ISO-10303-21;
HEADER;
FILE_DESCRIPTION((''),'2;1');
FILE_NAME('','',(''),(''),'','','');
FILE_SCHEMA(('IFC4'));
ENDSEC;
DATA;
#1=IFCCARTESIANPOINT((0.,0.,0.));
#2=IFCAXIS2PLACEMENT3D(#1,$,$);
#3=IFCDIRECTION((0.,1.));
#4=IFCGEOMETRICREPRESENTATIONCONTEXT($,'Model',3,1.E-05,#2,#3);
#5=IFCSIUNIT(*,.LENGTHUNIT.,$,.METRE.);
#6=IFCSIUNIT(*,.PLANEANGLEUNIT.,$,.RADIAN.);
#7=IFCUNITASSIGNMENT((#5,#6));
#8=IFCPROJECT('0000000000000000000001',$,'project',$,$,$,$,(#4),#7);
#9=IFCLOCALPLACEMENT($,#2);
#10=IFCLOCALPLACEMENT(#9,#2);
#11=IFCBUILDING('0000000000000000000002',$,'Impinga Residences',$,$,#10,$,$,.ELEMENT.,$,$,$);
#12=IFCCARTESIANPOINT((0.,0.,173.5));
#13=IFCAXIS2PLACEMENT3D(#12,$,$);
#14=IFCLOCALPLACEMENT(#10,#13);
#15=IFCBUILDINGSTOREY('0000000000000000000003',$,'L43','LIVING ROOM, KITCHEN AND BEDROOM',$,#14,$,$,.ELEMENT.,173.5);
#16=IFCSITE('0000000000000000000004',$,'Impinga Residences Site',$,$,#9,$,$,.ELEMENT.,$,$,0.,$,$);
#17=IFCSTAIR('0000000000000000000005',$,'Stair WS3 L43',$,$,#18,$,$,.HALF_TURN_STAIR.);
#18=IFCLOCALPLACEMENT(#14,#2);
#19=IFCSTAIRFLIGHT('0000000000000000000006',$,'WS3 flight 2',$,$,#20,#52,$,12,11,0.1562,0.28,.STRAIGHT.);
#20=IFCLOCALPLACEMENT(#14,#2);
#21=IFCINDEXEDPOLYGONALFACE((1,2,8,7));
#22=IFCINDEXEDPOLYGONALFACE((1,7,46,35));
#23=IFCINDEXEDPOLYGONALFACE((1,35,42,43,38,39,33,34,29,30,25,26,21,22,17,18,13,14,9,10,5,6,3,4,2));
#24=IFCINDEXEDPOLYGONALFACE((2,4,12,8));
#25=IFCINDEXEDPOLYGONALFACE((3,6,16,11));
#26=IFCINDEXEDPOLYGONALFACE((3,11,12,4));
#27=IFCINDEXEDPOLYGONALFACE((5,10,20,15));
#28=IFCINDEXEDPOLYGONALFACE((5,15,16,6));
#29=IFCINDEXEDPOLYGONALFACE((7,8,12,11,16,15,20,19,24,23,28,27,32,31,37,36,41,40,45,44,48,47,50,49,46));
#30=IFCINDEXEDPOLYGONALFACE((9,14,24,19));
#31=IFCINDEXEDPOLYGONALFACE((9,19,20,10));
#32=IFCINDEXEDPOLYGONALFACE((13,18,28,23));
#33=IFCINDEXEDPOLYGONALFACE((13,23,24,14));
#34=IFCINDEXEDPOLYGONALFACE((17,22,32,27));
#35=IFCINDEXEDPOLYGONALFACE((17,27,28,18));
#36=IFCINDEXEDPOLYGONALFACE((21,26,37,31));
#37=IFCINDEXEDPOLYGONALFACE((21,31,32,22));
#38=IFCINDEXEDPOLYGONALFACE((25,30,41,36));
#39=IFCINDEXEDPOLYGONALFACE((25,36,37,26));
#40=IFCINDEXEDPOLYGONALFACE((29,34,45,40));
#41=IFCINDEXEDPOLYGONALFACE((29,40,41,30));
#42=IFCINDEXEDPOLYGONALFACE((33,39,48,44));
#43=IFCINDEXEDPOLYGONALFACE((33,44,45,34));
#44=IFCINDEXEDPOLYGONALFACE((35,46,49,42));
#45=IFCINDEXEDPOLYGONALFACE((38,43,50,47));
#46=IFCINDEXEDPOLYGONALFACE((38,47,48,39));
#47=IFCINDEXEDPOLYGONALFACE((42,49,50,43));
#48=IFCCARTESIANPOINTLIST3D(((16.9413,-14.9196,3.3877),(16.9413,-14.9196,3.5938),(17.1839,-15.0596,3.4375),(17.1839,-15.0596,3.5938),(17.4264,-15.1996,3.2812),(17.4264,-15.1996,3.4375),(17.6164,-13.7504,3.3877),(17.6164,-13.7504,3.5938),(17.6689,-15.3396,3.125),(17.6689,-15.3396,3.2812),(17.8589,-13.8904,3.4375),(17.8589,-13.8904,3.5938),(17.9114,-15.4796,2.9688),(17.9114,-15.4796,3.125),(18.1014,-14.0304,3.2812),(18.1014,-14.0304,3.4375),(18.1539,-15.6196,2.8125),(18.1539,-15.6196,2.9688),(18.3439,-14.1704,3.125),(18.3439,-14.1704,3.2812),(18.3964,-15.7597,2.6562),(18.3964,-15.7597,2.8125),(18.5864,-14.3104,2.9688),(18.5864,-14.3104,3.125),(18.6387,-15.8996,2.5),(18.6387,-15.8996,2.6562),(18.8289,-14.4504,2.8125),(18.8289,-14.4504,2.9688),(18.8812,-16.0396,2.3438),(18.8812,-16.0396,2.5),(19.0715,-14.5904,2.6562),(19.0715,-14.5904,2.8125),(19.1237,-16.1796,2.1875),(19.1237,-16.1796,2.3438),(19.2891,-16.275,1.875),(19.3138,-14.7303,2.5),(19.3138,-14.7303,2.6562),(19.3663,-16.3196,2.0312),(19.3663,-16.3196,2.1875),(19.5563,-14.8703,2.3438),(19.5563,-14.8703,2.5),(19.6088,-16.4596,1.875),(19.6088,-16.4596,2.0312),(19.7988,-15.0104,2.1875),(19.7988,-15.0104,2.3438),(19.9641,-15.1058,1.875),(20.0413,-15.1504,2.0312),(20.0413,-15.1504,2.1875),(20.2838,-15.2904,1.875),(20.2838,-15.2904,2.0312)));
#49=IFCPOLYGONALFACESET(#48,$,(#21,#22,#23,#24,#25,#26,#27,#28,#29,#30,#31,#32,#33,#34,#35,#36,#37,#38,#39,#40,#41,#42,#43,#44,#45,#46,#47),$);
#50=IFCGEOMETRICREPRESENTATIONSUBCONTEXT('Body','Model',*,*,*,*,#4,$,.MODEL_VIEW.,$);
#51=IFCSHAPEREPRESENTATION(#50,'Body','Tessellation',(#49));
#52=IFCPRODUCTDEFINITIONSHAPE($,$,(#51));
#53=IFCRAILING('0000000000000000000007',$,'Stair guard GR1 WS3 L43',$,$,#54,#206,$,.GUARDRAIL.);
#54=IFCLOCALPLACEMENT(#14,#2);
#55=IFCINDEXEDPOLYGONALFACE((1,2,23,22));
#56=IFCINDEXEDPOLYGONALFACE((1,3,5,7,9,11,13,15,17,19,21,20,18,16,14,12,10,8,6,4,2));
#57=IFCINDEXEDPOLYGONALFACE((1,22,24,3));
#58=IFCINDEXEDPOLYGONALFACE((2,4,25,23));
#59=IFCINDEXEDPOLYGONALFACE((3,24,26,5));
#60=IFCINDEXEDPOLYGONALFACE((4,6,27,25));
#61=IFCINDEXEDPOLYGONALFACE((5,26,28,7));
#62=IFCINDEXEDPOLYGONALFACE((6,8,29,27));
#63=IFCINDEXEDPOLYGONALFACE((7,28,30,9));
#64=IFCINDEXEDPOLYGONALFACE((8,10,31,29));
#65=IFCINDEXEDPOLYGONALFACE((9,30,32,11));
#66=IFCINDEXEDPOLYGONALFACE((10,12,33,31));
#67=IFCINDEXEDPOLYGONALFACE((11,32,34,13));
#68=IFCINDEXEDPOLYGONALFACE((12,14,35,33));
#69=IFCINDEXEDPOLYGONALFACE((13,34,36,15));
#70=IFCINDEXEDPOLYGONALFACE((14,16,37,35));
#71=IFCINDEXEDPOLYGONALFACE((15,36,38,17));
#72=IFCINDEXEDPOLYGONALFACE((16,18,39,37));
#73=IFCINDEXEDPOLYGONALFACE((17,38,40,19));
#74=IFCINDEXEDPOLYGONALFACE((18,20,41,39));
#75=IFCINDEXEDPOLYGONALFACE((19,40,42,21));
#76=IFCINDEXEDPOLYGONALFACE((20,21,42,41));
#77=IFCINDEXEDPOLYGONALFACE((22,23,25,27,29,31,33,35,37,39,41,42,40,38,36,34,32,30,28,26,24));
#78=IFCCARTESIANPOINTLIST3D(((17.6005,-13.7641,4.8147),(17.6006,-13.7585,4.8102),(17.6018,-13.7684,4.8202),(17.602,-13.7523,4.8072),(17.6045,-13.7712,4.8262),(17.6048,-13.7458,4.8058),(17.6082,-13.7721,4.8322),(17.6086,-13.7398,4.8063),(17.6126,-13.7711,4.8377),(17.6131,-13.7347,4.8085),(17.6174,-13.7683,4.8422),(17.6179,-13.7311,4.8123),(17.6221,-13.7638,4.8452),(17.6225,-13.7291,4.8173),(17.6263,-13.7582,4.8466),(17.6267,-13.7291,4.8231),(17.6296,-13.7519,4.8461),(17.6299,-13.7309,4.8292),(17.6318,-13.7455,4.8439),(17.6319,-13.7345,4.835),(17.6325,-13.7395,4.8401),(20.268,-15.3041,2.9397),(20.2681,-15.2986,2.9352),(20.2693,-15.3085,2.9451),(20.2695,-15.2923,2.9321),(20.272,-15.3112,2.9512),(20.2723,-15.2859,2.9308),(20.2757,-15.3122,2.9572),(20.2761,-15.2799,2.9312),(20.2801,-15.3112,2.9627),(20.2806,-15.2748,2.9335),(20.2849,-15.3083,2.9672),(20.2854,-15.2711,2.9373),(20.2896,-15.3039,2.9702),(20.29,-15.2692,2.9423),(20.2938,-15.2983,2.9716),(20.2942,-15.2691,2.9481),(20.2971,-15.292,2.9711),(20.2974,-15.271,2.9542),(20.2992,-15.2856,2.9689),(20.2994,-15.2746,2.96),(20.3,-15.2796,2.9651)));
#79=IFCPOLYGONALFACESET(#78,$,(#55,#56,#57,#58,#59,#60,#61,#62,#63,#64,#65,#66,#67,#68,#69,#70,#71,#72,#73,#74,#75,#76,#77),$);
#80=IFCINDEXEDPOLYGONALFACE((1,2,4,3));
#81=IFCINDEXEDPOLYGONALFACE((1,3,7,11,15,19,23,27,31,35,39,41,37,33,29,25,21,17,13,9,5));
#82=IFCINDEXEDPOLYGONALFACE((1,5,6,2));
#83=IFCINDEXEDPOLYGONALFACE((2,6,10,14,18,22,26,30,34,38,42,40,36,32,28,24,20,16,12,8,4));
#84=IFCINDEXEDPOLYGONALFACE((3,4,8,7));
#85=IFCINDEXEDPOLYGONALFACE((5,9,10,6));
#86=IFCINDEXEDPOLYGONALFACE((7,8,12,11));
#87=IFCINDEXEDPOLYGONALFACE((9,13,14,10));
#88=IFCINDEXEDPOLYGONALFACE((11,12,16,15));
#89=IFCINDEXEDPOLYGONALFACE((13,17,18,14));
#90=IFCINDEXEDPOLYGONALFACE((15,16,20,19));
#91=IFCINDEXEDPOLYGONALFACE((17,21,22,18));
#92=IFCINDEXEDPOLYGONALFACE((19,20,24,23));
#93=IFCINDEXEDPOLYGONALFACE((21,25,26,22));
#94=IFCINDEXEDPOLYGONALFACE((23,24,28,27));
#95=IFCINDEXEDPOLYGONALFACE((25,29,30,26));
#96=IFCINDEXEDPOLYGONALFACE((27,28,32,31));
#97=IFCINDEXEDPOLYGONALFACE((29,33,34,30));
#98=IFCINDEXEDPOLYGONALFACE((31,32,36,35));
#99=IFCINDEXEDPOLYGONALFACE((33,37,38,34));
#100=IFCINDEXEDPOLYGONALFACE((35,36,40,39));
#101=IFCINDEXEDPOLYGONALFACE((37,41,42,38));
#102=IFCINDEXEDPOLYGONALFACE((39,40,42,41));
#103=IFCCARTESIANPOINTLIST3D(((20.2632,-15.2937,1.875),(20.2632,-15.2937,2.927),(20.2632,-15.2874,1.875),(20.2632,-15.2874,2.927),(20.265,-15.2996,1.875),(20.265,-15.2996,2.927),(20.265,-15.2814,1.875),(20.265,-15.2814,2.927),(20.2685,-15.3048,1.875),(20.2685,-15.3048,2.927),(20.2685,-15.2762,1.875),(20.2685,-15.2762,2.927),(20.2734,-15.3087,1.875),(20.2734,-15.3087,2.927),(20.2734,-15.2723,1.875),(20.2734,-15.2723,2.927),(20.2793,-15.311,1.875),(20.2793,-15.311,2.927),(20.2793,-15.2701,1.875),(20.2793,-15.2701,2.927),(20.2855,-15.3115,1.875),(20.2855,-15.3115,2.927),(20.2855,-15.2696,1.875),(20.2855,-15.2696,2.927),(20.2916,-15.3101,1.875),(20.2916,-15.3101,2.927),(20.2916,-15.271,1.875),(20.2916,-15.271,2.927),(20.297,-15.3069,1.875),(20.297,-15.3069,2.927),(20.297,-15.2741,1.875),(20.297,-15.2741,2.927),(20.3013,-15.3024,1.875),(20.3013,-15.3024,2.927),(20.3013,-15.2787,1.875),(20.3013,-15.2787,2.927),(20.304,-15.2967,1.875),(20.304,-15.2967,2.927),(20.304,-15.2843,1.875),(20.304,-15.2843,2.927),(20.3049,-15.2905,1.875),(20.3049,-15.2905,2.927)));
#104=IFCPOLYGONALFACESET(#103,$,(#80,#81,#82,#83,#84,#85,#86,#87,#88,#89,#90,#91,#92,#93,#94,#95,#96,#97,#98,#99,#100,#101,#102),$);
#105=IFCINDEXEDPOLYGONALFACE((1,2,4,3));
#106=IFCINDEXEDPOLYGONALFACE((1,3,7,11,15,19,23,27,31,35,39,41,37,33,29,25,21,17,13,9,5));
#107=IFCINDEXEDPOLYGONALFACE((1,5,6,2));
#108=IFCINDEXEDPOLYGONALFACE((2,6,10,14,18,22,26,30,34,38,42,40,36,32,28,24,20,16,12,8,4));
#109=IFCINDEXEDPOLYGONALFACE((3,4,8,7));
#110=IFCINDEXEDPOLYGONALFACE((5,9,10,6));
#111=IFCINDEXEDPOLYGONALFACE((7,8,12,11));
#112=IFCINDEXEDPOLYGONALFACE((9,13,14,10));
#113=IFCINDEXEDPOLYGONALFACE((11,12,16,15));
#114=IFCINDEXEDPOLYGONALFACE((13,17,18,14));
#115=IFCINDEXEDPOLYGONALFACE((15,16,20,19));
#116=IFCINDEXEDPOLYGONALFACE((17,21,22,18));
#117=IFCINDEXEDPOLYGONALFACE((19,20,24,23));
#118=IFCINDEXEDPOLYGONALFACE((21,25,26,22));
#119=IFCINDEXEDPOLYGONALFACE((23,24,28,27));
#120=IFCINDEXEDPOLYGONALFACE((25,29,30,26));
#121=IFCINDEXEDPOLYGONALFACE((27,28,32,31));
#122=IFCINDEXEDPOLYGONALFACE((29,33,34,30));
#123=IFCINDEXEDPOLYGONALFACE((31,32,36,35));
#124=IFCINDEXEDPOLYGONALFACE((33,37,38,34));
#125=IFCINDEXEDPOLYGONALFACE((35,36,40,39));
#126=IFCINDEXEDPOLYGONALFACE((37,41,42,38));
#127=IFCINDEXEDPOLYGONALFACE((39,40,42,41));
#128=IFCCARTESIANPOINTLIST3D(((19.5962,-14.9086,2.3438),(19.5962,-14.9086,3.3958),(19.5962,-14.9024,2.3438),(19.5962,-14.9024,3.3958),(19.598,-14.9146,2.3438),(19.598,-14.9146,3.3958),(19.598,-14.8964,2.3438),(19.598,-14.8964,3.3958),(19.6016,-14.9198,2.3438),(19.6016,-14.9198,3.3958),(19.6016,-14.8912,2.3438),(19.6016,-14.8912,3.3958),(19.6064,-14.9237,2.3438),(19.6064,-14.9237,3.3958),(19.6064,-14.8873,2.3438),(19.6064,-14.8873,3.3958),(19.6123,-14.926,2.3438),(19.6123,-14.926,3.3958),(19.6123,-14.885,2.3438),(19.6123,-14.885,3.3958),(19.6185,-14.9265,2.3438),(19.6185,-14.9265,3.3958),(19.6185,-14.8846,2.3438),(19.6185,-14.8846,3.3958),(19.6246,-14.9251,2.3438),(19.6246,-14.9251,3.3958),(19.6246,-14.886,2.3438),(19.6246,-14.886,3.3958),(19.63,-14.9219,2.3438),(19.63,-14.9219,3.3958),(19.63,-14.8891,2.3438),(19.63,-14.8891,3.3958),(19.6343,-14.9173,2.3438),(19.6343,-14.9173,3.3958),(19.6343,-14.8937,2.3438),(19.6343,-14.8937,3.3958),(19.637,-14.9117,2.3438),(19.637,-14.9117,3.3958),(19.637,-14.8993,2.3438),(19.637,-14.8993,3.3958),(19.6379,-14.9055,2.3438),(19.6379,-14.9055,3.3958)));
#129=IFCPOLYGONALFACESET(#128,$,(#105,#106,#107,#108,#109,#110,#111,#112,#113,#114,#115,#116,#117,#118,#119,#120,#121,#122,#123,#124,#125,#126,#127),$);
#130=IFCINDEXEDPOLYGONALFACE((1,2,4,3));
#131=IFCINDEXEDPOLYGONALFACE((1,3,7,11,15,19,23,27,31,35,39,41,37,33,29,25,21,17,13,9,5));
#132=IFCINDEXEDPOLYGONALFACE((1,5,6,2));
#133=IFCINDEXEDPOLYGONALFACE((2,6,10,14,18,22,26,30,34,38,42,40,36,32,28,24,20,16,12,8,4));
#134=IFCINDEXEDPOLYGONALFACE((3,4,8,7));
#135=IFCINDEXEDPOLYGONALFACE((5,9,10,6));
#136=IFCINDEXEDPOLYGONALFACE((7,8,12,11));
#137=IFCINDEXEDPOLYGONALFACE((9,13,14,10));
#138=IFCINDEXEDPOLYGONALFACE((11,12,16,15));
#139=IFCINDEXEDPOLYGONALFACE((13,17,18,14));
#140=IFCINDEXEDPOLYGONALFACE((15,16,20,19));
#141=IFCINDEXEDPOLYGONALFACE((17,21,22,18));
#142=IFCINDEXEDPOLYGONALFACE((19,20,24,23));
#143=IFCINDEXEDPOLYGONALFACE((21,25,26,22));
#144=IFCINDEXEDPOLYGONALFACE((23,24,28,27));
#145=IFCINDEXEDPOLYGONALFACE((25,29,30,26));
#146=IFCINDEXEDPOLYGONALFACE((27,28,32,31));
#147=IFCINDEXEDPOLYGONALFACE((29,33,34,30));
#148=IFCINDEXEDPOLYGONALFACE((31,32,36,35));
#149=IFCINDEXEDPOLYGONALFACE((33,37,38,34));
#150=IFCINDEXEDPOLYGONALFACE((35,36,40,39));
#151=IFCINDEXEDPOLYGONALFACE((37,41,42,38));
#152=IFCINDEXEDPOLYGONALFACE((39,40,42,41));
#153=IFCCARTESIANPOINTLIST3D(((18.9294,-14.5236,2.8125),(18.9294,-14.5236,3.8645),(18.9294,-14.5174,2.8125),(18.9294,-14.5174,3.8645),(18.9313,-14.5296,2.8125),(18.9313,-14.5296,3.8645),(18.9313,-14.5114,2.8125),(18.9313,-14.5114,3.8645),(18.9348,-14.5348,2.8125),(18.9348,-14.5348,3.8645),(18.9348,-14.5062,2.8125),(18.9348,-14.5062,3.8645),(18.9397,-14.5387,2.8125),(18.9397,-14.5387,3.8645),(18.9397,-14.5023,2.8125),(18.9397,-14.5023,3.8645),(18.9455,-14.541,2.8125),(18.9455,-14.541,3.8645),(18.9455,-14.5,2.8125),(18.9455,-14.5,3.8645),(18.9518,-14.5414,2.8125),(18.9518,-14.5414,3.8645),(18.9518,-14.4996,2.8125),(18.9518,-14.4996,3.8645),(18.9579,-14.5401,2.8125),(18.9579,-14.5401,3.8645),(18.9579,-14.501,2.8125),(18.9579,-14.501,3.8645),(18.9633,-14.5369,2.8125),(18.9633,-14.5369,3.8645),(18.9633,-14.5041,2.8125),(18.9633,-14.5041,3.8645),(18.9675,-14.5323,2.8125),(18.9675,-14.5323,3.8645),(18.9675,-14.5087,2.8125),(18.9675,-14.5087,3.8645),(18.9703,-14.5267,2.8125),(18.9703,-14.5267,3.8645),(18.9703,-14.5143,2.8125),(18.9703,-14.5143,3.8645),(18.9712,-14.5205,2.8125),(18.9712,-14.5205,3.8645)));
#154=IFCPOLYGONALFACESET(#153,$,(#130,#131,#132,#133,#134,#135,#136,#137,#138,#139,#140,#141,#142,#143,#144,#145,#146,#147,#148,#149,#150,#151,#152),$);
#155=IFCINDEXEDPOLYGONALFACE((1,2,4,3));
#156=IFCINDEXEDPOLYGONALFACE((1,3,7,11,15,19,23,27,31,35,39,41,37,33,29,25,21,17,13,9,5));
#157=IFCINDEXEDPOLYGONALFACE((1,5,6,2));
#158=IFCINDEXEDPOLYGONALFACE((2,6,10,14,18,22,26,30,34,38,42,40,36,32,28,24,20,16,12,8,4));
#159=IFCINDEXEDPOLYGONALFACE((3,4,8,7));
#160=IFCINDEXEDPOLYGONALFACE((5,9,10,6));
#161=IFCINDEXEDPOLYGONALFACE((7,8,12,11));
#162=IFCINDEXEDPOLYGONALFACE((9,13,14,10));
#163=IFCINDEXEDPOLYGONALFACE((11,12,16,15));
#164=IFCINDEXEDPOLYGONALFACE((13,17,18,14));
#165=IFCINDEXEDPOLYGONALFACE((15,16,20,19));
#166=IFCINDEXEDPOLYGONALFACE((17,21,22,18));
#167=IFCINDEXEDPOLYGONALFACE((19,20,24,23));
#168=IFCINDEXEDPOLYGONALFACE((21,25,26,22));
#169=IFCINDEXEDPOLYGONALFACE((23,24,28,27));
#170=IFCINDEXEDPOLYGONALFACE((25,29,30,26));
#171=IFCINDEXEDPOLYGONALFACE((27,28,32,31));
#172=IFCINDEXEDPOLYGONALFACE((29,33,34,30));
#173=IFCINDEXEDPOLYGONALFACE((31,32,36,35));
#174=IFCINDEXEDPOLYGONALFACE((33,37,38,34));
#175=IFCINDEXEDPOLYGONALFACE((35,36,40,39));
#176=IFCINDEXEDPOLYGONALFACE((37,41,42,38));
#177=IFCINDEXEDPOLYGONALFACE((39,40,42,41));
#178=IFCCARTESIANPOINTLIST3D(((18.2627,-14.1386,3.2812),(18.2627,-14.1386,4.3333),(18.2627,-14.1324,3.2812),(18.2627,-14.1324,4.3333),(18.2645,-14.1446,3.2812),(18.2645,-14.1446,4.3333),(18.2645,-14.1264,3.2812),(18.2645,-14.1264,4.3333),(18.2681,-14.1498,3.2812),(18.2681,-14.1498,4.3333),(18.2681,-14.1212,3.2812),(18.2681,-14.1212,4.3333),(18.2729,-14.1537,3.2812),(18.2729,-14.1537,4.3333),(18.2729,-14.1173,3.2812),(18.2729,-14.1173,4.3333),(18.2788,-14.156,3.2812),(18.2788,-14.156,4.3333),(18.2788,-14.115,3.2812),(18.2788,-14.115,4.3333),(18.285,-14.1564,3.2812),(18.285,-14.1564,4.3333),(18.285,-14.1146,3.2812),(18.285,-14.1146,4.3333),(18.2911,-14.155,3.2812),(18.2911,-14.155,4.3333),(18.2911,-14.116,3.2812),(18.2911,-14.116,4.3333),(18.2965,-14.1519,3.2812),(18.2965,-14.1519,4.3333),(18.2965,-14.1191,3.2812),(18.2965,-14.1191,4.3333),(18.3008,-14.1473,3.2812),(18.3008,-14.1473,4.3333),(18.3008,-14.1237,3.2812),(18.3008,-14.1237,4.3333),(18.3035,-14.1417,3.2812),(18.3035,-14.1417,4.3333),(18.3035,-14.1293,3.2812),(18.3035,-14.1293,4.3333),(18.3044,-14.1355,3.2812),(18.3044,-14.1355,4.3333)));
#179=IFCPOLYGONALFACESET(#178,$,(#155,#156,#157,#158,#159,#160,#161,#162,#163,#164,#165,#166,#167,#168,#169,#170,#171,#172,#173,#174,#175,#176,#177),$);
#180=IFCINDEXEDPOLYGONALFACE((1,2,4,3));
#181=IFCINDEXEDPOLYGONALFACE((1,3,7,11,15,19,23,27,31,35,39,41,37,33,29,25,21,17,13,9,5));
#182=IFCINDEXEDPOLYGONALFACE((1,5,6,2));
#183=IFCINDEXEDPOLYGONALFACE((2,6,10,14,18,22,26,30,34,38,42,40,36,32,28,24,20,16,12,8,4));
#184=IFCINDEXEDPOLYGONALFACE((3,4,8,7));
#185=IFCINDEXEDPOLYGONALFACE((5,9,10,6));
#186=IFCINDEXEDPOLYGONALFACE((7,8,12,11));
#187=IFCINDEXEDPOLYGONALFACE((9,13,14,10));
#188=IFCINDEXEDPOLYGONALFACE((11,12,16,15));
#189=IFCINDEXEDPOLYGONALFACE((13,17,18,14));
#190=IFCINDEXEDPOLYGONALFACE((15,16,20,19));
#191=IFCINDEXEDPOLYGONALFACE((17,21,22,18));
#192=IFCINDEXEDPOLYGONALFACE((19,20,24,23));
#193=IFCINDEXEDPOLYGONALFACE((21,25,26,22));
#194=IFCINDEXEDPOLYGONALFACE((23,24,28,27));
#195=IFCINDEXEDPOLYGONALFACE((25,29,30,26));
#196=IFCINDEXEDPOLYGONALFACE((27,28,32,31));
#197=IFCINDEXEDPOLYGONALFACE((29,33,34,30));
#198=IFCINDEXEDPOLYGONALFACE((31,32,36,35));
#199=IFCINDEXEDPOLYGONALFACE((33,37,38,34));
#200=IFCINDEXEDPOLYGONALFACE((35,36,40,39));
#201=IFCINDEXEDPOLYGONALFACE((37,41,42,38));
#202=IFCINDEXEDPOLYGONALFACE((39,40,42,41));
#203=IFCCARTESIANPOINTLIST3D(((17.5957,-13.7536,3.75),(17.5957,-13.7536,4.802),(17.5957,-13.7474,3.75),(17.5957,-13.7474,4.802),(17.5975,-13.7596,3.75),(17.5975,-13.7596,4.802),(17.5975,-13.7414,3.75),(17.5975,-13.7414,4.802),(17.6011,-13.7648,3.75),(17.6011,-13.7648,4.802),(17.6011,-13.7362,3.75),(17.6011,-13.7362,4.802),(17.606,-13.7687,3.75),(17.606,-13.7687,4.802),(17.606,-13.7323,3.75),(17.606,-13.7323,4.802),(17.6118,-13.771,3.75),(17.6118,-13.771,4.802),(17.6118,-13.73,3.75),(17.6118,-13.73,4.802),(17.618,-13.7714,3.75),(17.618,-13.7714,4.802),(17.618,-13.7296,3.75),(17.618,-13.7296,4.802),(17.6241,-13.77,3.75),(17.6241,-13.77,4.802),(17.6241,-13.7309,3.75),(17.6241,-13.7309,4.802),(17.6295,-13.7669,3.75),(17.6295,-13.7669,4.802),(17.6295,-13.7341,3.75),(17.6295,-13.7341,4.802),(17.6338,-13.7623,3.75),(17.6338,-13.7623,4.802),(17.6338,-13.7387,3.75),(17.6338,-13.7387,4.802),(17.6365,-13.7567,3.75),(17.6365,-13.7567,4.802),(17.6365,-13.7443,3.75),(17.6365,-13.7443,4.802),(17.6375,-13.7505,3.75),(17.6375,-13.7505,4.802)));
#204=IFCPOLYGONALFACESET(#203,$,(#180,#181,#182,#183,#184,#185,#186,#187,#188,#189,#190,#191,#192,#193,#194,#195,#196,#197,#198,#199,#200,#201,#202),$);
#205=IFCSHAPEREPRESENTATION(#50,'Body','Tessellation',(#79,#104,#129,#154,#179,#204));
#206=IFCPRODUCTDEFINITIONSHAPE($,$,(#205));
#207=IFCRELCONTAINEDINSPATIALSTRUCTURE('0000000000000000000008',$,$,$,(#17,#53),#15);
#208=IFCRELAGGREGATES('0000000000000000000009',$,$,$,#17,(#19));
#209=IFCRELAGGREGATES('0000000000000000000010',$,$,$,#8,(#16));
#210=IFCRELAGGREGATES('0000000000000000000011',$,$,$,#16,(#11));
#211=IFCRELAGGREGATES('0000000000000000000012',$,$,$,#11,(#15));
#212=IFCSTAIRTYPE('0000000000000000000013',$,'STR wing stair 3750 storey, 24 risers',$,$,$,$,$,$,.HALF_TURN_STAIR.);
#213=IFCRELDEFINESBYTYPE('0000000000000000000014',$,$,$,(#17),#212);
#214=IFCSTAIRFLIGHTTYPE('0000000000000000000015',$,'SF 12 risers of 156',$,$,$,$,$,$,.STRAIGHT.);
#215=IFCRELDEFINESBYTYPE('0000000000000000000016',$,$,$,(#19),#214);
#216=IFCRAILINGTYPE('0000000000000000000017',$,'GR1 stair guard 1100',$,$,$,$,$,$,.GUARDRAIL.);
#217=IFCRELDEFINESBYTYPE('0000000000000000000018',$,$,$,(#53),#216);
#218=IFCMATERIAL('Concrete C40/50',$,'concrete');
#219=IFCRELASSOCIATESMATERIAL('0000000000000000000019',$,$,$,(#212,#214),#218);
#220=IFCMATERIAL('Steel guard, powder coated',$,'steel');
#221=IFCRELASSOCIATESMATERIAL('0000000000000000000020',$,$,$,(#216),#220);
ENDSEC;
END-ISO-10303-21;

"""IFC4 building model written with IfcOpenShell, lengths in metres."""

from ifc_helpers import new_model, si_unit, direction, frame, origin, origin_2d, place, context, subcontext, project, spatial, polyline, circle, outline, extrude, material, type_object, element, aggregate, save


model = new_model("IFC4")

# Units and contexts
model_context = context("Model", 3, precision=1e-05, world=origin(), true_north=direction((0.0, 1.0)))
body_context = subcontext(model_context, "Body", "Model", "MODEL_VIEW")
ifc_project = project(units=[si_unit("LENGTHUNIT", "METRE"), si_unit("PLANEANGLEUNIT", "RADIAN")], contexts=[model_context])

# Site, building, storey
site_placement = place(None, origin())
site = spatial("IfcSite", under=ifc_project, at=site_placement, Name="Impinga Residences Site", CompositionType="ELEMENT", RefElevation=0.0)
building_placement = place(site_placement, origin())
building = spatial("IfcBuilding", under=site, at=building_placement, Name="Impinga Residences", CompositionType="ELEMENT")
storey_placement = place(building_placement, frame((0.0, 0.0, 173.5)))
storey = spatial("IfcBuildingStorey", under=building, at=storey_placement, Name="L43", Description="LIVING ROOM, KITCHEN AND BEDROOM", CompositionType="ELEMENT", Elevation=173.5)

# Stair, stair flight
ifc_material_1 = material(Name="Concrete C40/50", Category="concrete")
stair_type = type_object("IfcStairType", Name="STR wing stair 3750 storey, 24 risers", PredefinedType="HALF_TURN_STAIR", material=ifc_material_1)
stair_placement = place(storey_placement, origin())
stair = element("IfcStair", 1, at=stair_placement, inside=storey, type_object=stair_type, Name="Stair WS3 L43", PredefinedType="HALF_TURN_STAIR")
stair_flight_type = type_object("IfcStairFlightType", Name="SF 12 risers of 156", PredefinedType="STRAIGHT", material=ifc_material_1)
stair_flight_1_placement = place(storey_placement, frame((19.9463, -15.875, 1.875), z_axis=(0.0, 0.0, 1.0), x_axis=(-0.866025, 0.5, 0.0)))
stair_flight_1 = element("IfcStairFlight", 2, at=stair_flight_1_placement, type_object=stair_flight_type, Name="WS3 flight 2", NumberOfRisers=12, NumberOfTreads=11, PredefinedType="STRAIGHT", RiserHeight=0.1562, TreadLength=0.28, context=body_context, shape_type="SweptSolid", body=[
    extrude(outline(polyline([(0.0, 0.0), (0.0, 0.1562), (0.28, 0.1562), (0.28, 0.3125), (0.5601, 0.3125), (0.5601, 0.4688), (0.8401, 0.4688), (0.8401, 0.625), (1.1201, 0.625), (1.1201, 0.7812), (1.3999, 0.7812), (1.3999, 0.9375), (1.6799, 0.9375), (1.6799, 1.0938), (1.96, 1.0938), (1.96, 1.25), (2.24, 1.25), (2.24, 1.4062), (2.52, 1.4062), (2.52, 1.5625), (2.8, 1.5625), (2.8, 1.7188), (3.0801, 1.7188), (3.0801, 1.875), (3.0801, 1.5127), (0.3691, 0.0), (0.0, 0.0)])), frame((0.0, 0.675, 0.0), z_axis=(0.0, -1.0, 0.0), x_axis=(1.0, 0.0, 0.0)), (0.0, 0.0, 1.0), 1.3501),
])
aggregate(stair, [stair_flight_1])

# Railing
ifc_material_2 = material(Name="Steel guard, powder coated", Category="steel")
railing_type_1 = type_object("IfcRailingType", Name="GR1 stair guard 1100", PredefinedType="GUARDRAIL", material=ifc_material_2)
railing_1_placement = place(storey_placement, frame((20.2839, -15.2905, 1.875)))
element("IfcRailing", 3, at=railing_1_placement, inside=storey, type_object=railing_type_1, Name="Stair guard GR1 WS3 L43", PredefinedType="GUARDRAIL", context=body_context, shape_type="SweptSolid", body=[
    extrude(circle(Radius=0.0239, at=origin_2d()), frame((0.0, 0.0, 1.0762), z_axis=(-0.739746, 0.427084, 0.519975), x_axis=(-0.499992, -0.86603, 0.0)), (0.0, 0.0, 1.0), 3.606),
    extrude(circle(Radius=0.021, at=origin_2d()), origin(), (0.0, 0.0, 1.0), 1.052),
    extrude(circle(Radius=0.021, at=origin_2d()), frame((-0.667, 0.385, 0.4688)), (0.0, 0.0, 1.0), 1.052),
    extrude(circle(Radius=0.021, at=origin_2d()), frame((-1.3337, 0.77, 0.9375)), (0.0, 0.0, 1.0), 1.052),
    extrude(circle(Radius=0.021, at=origin_2d()), frame((-2.0005, 1.155, 1.4062)), (0.0, 0.0, 1.0), 1.052),
    extrude(circle(Radius=0.021, at=origin_2d()), frame((-2.6675, 1.54, 1.875)), (0.0, 0.0, 1.0), 1.052),
])

save(model, "model.ifc")
